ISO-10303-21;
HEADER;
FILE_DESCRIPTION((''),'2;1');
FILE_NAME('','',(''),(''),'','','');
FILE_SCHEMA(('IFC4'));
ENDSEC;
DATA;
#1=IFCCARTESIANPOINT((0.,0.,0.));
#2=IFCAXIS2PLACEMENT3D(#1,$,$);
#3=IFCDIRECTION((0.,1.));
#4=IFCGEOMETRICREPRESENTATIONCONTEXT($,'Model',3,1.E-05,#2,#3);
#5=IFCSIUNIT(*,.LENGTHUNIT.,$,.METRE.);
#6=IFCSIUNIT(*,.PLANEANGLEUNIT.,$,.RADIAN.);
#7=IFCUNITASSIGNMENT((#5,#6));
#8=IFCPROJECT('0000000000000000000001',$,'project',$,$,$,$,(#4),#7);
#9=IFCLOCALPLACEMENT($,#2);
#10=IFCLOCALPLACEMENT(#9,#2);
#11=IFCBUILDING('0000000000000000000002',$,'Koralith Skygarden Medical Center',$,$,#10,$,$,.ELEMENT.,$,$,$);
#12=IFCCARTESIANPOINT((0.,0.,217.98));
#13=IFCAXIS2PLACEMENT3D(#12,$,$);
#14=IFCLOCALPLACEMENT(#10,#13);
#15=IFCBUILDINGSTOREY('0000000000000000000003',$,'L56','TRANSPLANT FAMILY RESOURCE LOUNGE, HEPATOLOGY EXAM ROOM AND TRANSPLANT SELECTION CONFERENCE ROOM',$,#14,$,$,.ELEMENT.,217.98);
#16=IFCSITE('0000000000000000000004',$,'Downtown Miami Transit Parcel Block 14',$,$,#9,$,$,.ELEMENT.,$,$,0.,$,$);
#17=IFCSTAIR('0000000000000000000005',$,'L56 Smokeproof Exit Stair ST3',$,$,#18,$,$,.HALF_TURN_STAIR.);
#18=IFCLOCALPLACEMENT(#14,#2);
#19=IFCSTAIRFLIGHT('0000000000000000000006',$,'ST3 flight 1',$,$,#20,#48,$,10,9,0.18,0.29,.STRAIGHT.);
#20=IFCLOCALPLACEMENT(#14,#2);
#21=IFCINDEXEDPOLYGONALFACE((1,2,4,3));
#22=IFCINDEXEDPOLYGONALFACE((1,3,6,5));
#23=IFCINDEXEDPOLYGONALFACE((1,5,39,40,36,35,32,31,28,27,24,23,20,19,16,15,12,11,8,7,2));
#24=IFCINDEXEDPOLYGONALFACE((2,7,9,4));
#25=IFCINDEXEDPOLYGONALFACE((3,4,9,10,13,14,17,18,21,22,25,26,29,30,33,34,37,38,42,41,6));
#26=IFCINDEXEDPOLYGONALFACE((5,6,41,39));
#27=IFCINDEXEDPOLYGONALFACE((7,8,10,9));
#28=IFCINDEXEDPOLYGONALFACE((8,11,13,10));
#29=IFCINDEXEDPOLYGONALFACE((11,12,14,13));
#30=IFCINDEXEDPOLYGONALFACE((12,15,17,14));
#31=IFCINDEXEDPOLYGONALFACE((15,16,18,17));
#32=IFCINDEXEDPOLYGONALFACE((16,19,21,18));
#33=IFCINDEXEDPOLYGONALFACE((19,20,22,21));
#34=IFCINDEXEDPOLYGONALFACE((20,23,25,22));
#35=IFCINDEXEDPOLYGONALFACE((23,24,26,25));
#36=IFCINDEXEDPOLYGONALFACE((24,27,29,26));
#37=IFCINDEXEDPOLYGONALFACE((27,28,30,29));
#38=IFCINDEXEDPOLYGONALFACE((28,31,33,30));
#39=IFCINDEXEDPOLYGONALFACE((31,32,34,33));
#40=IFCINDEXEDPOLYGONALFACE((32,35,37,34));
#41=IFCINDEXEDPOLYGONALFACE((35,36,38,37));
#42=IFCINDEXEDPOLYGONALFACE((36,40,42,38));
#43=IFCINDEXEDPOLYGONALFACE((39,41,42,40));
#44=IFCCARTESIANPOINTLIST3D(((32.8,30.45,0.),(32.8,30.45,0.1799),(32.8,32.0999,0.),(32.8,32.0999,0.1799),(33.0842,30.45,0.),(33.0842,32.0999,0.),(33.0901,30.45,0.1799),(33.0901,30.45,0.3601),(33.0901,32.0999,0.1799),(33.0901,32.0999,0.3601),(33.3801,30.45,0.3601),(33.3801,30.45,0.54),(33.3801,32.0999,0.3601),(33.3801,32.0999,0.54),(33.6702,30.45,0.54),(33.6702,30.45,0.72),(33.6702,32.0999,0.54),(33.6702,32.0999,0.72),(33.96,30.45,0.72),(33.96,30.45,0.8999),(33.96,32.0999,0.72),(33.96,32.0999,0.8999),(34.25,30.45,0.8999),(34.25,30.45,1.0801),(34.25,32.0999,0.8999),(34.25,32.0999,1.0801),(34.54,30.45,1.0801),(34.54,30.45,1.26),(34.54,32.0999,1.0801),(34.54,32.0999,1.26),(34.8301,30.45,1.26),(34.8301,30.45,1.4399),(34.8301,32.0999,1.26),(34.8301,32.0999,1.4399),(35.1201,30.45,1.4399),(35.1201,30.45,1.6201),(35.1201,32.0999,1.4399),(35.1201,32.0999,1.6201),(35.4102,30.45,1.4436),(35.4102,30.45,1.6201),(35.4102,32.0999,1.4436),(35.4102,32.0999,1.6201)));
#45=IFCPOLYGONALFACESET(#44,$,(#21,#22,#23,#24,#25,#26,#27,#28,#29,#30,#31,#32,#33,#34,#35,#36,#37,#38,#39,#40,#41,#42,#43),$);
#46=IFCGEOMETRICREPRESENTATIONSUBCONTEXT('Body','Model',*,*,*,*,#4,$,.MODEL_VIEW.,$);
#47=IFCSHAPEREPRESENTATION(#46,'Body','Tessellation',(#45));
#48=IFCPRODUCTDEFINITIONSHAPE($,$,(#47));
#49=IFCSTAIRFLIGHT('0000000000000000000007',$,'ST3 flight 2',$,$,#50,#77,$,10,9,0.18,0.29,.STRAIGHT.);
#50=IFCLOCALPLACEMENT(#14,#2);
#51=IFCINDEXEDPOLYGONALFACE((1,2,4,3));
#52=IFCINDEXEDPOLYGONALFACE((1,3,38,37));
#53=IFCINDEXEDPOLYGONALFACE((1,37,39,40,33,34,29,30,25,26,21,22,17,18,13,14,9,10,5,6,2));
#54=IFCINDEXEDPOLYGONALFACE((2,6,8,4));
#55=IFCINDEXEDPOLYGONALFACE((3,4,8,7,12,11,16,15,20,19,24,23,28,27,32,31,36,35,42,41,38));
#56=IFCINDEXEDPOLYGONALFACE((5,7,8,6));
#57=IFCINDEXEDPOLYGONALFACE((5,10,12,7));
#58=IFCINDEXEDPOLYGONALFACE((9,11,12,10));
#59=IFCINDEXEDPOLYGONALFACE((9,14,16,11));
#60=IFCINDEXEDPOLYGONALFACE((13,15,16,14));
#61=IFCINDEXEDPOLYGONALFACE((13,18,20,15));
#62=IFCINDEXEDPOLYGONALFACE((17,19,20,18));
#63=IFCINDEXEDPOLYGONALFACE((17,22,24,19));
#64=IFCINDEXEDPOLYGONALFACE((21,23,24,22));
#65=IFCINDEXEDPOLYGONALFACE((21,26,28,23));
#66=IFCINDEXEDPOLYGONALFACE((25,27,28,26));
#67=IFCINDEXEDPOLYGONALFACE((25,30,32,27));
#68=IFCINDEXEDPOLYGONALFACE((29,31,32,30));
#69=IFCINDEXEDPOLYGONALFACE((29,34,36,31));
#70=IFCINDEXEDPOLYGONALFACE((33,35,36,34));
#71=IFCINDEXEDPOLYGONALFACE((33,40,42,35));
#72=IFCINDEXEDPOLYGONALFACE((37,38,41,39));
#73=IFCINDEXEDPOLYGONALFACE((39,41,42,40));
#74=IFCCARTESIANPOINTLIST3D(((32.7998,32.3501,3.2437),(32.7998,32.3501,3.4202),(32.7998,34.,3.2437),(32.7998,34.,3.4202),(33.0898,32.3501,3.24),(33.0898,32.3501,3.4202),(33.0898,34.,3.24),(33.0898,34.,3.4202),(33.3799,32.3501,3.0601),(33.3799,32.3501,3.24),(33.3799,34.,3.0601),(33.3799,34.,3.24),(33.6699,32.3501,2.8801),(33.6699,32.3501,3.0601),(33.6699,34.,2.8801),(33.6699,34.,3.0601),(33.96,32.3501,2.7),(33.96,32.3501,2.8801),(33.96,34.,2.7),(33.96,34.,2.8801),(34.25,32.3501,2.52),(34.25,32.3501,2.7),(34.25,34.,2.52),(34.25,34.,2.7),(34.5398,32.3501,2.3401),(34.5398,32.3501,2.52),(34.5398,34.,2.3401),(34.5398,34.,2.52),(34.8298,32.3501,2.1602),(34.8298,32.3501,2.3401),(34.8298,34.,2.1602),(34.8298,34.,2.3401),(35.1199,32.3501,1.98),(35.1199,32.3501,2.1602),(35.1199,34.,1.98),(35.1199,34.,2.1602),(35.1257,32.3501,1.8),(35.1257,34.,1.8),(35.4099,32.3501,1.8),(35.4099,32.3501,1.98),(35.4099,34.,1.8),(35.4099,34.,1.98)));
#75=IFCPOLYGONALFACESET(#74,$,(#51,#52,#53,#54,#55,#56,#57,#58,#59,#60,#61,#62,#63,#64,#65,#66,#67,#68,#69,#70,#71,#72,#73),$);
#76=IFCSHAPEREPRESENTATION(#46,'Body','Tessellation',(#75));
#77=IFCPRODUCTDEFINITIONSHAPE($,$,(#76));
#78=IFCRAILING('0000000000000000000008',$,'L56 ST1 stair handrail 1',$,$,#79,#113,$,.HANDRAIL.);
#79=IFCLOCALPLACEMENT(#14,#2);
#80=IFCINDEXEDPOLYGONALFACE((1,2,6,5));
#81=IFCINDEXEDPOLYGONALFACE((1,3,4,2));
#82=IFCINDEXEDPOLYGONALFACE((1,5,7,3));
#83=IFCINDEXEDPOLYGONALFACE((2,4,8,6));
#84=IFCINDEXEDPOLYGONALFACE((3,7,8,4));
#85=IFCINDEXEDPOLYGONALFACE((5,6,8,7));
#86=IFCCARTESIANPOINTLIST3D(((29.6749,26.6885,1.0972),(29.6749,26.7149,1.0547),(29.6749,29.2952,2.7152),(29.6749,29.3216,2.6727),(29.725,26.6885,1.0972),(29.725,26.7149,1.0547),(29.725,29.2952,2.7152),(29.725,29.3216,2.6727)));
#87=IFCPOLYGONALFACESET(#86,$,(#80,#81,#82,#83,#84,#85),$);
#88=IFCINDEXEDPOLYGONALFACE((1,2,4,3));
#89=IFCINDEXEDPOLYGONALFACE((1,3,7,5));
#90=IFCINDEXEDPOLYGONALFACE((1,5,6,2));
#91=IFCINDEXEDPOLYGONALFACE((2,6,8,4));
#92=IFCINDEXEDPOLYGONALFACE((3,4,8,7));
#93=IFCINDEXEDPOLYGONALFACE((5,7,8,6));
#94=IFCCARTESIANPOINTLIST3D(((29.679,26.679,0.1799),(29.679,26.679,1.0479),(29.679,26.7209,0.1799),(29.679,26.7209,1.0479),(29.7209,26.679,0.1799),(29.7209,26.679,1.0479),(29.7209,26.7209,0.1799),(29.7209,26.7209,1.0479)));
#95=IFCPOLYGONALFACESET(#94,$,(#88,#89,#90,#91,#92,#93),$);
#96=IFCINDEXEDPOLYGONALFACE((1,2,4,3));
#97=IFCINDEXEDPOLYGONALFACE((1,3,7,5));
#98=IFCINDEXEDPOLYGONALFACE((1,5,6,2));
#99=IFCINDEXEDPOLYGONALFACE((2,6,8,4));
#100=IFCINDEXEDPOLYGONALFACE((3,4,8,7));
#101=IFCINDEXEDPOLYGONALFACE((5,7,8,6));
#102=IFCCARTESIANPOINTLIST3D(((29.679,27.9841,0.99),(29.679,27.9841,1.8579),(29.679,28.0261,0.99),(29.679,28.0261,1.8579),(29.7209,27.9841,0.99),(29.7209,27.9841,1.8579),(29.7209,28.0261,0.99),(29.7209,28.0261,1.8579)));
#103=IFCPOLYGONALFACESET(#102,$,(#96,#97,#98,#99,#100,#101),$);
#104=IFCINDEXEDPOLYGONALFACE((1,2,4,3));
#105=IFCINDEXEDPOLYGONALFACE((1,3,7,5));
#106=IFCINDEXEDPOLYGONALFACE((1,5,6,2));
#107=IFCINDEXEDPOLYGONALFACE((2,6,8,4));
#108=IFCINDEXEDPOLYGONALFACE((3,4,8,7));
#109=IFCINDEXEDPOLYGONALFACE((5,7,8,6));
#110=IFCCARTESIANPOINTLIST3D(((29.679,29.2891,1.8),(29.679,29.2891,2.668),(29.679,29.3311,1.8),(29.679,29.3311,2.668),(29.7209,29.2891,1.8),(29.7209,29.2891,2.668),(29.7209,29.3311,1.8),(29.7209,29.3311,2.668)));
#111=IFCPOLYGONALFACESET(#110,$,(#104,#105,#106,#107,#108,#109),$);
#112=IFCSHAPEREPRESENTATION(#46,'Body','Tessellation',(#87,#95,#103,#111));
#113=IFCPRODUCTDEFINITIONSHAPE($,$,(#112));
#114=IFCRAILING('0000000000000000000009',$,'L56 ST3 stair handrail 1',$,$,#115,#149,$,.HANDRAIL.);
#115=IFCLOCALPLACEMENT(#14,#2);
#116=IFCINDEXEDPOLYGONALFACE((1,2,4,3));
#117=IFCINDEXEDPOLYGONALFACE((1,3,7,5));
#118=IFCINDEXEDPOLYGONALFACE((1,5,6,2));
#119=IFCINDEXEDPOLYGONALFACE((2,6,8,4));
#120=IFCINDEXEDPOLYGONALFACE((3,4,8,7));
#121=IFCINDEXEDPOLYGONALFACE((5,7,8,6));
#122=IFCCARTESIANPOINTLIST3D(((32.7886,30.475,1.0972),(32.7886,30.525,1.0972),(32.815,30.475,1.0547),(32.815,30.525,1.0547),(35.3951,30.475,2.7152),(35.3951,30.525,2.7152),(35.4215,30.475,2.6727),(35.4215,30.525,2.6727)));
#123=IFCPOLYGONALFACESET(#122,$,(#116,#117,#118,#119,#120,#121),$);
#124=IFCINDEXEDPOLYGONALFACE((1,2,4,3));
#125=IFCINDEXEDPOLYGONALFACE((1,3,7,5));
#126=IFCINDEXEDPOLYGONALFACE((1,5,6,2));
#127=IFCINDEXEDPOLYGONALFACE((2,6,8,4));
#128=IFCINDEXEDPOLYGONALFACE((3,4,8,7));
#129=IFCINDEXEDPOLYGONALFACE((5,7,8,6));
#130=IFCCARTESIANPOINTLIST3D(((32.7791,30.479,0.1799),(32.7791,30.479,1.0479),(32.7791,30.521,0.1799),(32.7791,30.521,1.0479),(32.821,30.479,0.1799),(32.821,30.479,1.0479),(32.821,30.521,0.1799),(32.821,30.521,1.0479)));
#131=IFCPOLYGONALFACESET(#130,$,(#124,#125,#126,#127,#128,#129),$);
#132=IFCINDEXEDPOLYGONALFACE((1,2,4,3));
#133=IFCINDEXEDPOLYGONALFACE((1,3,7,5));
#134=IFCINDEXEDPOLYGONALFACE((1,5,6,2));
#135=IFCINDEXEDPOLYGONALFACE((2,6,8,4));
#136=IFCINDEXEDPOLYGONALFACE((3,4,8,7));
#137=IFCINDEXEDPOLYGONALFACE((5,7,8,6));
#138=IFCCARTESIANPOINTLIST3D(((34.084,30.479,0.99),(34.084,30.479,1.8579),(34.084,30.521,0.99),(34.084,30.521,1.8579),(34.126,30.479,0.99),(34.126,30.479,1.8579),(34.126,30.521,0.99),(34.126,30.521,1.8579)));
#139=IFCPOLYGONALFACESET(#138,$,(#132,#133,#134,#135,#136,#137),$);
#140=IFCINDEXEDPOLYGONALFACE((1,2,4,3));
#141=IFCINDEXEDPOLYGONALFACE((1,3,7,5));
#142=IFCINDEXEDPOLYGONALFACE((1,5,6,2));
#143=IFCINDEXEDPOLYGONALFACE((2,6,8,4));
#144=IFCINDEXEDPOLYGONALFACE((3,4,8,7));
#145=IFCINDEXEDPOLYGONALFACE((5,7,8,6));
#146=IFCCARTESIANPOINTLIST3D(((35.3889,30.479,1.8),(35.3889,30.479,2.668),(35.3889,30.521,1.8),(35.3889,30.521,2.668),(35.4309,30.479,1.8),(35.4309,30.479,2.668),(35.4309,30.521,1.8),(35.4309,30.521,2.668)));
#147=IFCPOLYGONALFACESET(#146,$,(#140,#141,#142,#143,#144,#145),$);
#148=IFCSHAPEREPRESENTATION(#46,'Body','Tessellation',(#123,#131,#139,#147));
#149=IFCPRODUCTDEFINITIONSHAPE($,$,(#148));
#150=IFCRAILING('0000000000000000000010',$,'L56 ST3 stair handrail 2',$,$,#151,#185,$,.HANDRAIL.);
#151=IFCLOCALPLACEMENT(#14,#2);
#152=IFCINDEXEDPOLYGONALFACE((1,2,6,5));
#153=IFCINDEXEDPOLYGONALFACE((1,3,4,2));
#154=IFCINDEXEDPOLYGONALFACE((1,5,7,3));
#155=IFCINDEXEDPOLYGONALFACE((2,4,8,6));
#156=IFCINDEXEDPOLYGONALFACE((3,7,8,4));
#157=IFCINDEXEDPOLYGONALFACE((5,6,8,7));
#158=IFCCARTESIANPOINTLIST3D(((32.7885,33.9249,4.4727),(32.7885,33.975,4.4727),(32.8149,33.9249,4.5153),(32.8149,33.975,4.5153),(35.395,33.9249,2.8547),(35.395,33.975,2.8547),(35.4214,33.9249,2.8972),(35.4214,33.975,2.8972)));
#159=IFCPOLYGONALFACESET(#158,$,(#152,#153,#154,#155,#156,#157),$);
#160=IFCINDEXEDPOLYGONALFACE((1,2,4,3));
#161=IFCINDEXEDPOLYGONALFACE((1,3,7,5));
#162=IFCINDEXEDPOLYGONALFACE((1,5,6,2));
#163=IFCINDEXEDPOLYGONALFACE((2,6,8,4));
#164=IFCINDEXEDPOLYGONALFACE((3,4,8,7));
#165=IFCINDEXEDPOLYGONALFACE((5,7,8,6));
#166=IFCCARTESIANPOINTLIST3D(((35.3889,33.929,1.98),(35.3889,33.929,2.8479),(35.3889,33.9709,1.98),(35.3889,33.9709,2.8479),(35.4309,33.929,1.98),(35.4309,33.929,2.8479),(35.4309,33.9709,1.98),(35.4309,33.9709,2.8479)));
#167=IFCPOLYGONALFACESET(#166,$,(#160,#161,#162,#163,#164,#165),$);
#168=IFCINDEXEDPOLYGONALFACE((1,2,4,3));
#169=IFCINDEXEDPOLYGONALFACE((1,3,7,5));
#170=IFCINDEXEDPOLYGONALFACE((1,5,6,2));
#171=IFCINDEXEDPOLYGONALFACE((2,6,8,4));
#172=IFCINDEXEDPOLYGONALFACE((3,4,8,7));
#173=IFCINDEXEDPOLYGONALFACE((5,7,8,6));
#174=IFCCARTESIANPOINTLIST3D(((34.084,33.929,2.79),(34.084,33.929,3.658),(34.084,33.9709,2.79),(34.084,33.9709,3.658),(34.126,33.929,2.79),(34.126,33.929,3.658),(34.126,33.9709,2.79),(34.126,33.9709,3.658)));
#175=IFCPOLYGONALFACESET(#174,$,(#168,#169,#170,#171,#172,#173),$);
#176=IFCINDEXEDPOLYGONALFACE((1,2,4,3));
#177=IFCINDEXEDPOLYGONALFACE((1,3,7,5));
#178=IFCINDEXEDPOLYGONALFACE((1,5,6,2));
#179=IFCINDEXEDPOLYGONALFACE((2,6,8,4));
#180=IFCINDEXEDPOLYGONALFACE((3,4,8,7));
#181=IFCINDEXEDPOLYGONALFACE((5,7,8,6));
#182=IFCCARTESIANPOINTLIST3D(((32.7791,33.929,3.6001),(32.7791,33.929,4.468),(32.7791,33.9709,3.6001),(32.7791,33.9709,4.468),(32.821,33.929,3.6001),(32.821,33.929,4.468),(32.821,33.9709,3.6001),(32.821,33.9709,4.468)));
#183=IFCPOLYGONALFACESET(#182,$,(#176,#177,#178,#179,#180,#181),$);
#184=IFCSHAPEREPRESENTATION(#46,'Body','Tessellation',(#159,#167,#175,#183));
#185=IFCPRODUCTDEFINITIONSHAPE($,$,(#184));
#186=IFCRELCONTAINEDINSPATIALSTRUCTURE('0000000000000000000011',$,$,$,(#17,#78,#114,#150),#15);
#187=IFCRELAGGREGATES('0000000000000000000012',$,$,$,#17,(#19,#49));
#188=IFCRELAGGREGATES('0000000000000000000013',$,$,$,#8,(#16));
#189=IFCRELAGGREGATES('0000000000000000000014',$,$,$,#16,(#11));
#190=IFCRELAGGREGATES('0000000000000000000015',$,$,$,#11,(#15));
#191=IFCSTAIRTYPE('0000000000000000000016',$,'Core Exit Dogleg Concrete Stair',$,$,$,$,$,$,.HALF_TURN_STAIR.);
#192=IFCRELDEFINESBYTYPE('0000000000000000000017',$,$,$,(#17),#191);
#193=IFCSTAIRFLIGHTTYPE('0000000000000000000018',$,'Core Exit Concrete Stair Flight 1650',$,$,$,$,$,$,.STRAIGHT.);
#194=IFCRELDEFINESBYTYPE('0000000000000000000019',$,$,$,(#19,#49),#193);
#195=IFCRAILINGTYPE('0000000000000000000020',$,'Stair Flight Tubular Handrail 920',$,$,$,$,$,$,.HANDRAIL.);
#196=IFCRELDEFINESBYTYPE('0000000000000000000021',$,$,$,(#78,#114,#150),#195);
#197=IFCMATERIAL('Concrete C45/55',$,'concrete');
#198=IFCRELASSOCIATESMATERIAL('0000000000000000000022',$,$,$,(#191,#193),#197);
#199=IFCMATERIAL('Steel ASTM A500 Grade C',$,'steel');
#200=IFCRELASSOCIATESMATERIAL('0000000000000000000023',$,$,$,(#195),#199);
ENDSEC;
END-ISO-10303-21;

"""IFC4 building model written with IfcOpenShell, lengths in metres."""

from ifc_helpers import new_model, si_unit, direction, frame, origin, origin_2d, place, context, subcontext, project, spatial, polyline, rectangle, outline, extrude, material, type_object, element, aggregate, save


model = new_model("IFC4")

# Units and contexts
model_context = context("Model", 3, precision=1e-05, world=origin(), true_north=direction((0.0, 1.0)))
body_context = subcontext(model_context, "Body", "Model", "MODEL_VIEW")
ifc_project = project(units=[si_unit("LENGTHUNIT", "METRE"), si_unit("PLANEANGLEUNIT", "RADIAN")], contexts=[model_context])

# Site, building, storey
site_placement = place(None, origin())
site = spatial("IfcSite", under=ifc_project, at=site_placement, Name="Downtown Miami Transit Parcel Block 14", CompositionType="ELEMENT", RefElevation=0.0)
building_placement = place(site_placement, origin())
building = spatial("IfcBuilding", under=site, at=building_placement, Name="Koralith Skygarden Medical Center", CompositionType="ELEMENT")
storey_placement = place(building_placement, frame((0.0, 0.0, 217.98)))
storey = spatial("IfcBuildingStorey", under=building, at=storey_placement, Name="L56", Description="TRANSPLANT FAMILY RESOURCE LOUNGE, HEPATOLOGY EXAM ROOM AND TRANSPLANT SELECTION CONFERENCE ROOM", CompositionType="ELEMENT", Elevation=217.98)

# Shared definitions
ifc_material_1 = material(Name="Concrete C45/55", Category="concrete")

# Shared definitions
stair_type = type_object("IfcStairType", Name="Core Exit Dogleg Concrete Stair", PredefinedType="HALF_TURN_STAIR", material=ifc_material_1)
stair_flight_type = type_object("IfcStairFlightType", Name="Core Exit Concrete Stair Flight 1650", PredefinedType="STRAIGHT", material=ifc_material_1)

# Stair, stair flights
stair_1_placement = place(storey_placement, origin())
stair_1 = element("IfcStair", 1, at=stair_1_placement, inside=storey, type_object=stair_type, Name="L56 Smokeproof Exit Stair ST3", PredefinedType="HALF_TURN_STAIR")
stair_flight_1_placement = place(storey_placement, frame((32.8, 31.2749, 0.0), z_axis=(0.0, 0.0, 1.0), x_axis=(1.0, 0.0, 0.0)))
stair_flight_1 = element("IfcStairFlight", 2, at=stair_flight_1_placement, type_object=stair_flight_type, Name="ST3 flight 1", NumberOfRisers=10, NumberOfTreads=9, PredefinedType="STRAIGHT", RiserHeight=0.18, TreadLength=0.29, context=body_context, shape_type="SweptSolid", body=[
    extrude(outline(polyline([(0.0, 0.0), (0.0, 0.1799), (0.29, 0.1799), (0.29, 0.3601), (0.5801, 0.3601), (0.5801, 0.54), (0.8701, 0.54), (0.8701, 0.72), (1.1599, 0.72), (1.1599, 0.8999), (1.45, 0.8999), (1.45, 1.0801), (1.74, 1.0801), (1.74, 1.26), (2.03, 1.26), (2.03, 1.4399), (2.3201, 1.4399), (2.3201, 1.6201), (2.6101, 1.6201), (2.6101, 1.8), (2.6101, 1.4436), (0.2842, 0.0), (0.0, 0.0)])), frame((0.0, 0.825, 0.0), z_axis=(0.0, -1.0, 0.0), x_axis=(1.0, 0.0, 0.0)), (0.0, 0.0, 1.0), 1.6499),
])
stair_flight_2_placement = place(storey_placement, frame((35.4099, 33.175, 1.8), z_axis=(0.0, 0.0, 1.0), x_axis=(-1.0, 0.0, 0.0)))
stair_flight_2 = element("IfcStairFlight", 3, at=stair_flight_2_placement, type_object=stair_flight_type, Name="ST3 flight 2", NumberOfRisers=10, NumberOfTreads=9, PredefinedType="STRAIGHT", RiserHeight=0.18, TreadLength=0.29, context=body_context, shape_type="SweptSolid", body=[
    extrude(outline(polyline([(0.0, 0.0), (0.0, 0.1799), (0.29, 0.1799), (0.29, 0.3601), (0.5801, 0.3601), (0.5801, 0.54), (0.8701, 0.54), (0.8701, 0.72), (1.1599, 0.72), (1.1599, 0.8999), (1.45, 0.8999), (1.45, 1.0801), (1.74, 1.0801), (1.74, 1.26), (2.03, 1.26), (2.03, 1.4399), (2.3201, 1.4399), (2.3201, 1.6201), (2.6101, 1.6201), (2.6101, 1.8), (2.6101, 1.4436), (0.2842, 0.0), (0.0, 0.0)])), frame((0.0, 0.825, 0.0), z_axis=(0.0, -1.0, 0.0), x_axis=(1.0, 0.0, 0.0)), (0.0, 0.0, 1.0), 1.6499),
])
aggregate(stair_1, [stair_flight_1, stair_flight_2])

# Railings
ifc_material_2 = material(Name="Steel ASTM A500 Grade C", Category="steel")
railing_type_1 = type_object("IfcRailingType", Name="Stair Flight Tubular Handrail 920", PredefinedType="HANDRAIL", material=ifc_material_2)
railing_1_placement = place(storey_placement, frame((29.7, 26.7, 0.1799)))
element("IfcRailing", 4, at=railing_1_placement, inside=storey, type_object=railing_type_1, Name="L56 ST1 stair handrail 1", PredefinedType="HANDRAIL", context=body_context, shape_type="SweptSolid", body=[
    extrude(rectangle(XDim=0.05, YDim=0.05, at=origin_2d()), frame((0.0, 0.0017, 0.896), z_axis=(0.0, 0.849633, 0.527375), x_axis=(-1.0, 0.0, 0.0)), (0.0, 0.0, 1.0), 3.0681),
    extrude(rectangle(XDim=0.042, YDim=0.042, at=origin_2d()), origin(), (0.0, 0.0, 1.0), 0.8679),
    extrude(rectangle(XDim=0.042, YDim=0.042, at=origin_2d()), frame((0.0, 1.3052, 0.8101)), (0.0, 0.0, 1.0), 0.8679),
    extrude(rectangle(XDim=0.042, YDim=0.042, at=origin_2d()), frame((0.0, 2.6101, 1.6201)), (0.0, 0.0, 1.0), 0.8679),
])
railing_2_placement = place(storey_placement, frame((32.8, 30.5, 0.1799)))
element("IfcRailing", 5, at=railing_2_placement, inside=storey, type_object=railing_type_1, Name="L56 ST3 stair handrail 1", PredefinedType="HANDRAIL", context=body_context, shape_type="SweptSolid", body=[
    extrude(rectangle(XDim=0.05, YDim=0.05, at=origin_2d()), frame((0.0017, 0.0, 0.896), z_axis=(0.849611, 0.0, 0.52741), x_axis=(0.0, 1.0, 0.0)), (0.0, 0.0, 1.0), 3.0679),
    extrude(rectangle(XDim=0.042, YDim=0.042, at=origin_2d()), origin(), (0.0, 0.0, 1.0), 0.8679),
    extrude(rectangle(XDim=0.042, YDim=0.042, at=origin_2d()), frame((1.3049, 0.0, 0.8101)), (0.0, 0.0, 1.0), 0.8679),
    extrude(rectangle(XDim=0.042, YDim=0.042, at=origin_2d()), frame((2.6099, 0.0, 1.6201)), (0.0, 0.0, 1.0), 0.8679),
])
railing_3_placement = place(storey_placement, frame((35.4099, 33.95, 1.98)))
element("IfcRailing", 6, at=railing_3_placement, inside=storey, type_object=railing_type_1, Name="L56 ST3 stair handrail 2", PredefinedType="HANDRAIL", context=body_context, shape_type="SweptSolid", body=[
    extrude(rectangle(XDim=0.05, YDim=0.05, at=origin_2d()), frame((-0.0017, 0.0, 0.896), z_axis=(-0.849611, 0.0, 0.52741), x_axis=(0.0, -1.0, 0.0)), (0.0, 0.0, 1.0), 3.0679),
    extrude(rectangle(XDim=0.042, YDim=0.042, at=origin_2d()), origin(), (0.0, 0.0, 1.0), 0.8679),
    extrude(rectangle(XDim=0.042, YDim=0.042, at=origin_2d()), frame((-1.3049, 0.0, 0.8101)), (0.0, 0.0, 1.0), 0.8679),
    extrude(rectangle(XDim=0.042, YDim=0.042, at=origin_2d()), frame((-2.6099, 0.0, 1.6201)), (0.0, 0.0, 1.0), 0.8679),
])

save(model, "model.ifc")
